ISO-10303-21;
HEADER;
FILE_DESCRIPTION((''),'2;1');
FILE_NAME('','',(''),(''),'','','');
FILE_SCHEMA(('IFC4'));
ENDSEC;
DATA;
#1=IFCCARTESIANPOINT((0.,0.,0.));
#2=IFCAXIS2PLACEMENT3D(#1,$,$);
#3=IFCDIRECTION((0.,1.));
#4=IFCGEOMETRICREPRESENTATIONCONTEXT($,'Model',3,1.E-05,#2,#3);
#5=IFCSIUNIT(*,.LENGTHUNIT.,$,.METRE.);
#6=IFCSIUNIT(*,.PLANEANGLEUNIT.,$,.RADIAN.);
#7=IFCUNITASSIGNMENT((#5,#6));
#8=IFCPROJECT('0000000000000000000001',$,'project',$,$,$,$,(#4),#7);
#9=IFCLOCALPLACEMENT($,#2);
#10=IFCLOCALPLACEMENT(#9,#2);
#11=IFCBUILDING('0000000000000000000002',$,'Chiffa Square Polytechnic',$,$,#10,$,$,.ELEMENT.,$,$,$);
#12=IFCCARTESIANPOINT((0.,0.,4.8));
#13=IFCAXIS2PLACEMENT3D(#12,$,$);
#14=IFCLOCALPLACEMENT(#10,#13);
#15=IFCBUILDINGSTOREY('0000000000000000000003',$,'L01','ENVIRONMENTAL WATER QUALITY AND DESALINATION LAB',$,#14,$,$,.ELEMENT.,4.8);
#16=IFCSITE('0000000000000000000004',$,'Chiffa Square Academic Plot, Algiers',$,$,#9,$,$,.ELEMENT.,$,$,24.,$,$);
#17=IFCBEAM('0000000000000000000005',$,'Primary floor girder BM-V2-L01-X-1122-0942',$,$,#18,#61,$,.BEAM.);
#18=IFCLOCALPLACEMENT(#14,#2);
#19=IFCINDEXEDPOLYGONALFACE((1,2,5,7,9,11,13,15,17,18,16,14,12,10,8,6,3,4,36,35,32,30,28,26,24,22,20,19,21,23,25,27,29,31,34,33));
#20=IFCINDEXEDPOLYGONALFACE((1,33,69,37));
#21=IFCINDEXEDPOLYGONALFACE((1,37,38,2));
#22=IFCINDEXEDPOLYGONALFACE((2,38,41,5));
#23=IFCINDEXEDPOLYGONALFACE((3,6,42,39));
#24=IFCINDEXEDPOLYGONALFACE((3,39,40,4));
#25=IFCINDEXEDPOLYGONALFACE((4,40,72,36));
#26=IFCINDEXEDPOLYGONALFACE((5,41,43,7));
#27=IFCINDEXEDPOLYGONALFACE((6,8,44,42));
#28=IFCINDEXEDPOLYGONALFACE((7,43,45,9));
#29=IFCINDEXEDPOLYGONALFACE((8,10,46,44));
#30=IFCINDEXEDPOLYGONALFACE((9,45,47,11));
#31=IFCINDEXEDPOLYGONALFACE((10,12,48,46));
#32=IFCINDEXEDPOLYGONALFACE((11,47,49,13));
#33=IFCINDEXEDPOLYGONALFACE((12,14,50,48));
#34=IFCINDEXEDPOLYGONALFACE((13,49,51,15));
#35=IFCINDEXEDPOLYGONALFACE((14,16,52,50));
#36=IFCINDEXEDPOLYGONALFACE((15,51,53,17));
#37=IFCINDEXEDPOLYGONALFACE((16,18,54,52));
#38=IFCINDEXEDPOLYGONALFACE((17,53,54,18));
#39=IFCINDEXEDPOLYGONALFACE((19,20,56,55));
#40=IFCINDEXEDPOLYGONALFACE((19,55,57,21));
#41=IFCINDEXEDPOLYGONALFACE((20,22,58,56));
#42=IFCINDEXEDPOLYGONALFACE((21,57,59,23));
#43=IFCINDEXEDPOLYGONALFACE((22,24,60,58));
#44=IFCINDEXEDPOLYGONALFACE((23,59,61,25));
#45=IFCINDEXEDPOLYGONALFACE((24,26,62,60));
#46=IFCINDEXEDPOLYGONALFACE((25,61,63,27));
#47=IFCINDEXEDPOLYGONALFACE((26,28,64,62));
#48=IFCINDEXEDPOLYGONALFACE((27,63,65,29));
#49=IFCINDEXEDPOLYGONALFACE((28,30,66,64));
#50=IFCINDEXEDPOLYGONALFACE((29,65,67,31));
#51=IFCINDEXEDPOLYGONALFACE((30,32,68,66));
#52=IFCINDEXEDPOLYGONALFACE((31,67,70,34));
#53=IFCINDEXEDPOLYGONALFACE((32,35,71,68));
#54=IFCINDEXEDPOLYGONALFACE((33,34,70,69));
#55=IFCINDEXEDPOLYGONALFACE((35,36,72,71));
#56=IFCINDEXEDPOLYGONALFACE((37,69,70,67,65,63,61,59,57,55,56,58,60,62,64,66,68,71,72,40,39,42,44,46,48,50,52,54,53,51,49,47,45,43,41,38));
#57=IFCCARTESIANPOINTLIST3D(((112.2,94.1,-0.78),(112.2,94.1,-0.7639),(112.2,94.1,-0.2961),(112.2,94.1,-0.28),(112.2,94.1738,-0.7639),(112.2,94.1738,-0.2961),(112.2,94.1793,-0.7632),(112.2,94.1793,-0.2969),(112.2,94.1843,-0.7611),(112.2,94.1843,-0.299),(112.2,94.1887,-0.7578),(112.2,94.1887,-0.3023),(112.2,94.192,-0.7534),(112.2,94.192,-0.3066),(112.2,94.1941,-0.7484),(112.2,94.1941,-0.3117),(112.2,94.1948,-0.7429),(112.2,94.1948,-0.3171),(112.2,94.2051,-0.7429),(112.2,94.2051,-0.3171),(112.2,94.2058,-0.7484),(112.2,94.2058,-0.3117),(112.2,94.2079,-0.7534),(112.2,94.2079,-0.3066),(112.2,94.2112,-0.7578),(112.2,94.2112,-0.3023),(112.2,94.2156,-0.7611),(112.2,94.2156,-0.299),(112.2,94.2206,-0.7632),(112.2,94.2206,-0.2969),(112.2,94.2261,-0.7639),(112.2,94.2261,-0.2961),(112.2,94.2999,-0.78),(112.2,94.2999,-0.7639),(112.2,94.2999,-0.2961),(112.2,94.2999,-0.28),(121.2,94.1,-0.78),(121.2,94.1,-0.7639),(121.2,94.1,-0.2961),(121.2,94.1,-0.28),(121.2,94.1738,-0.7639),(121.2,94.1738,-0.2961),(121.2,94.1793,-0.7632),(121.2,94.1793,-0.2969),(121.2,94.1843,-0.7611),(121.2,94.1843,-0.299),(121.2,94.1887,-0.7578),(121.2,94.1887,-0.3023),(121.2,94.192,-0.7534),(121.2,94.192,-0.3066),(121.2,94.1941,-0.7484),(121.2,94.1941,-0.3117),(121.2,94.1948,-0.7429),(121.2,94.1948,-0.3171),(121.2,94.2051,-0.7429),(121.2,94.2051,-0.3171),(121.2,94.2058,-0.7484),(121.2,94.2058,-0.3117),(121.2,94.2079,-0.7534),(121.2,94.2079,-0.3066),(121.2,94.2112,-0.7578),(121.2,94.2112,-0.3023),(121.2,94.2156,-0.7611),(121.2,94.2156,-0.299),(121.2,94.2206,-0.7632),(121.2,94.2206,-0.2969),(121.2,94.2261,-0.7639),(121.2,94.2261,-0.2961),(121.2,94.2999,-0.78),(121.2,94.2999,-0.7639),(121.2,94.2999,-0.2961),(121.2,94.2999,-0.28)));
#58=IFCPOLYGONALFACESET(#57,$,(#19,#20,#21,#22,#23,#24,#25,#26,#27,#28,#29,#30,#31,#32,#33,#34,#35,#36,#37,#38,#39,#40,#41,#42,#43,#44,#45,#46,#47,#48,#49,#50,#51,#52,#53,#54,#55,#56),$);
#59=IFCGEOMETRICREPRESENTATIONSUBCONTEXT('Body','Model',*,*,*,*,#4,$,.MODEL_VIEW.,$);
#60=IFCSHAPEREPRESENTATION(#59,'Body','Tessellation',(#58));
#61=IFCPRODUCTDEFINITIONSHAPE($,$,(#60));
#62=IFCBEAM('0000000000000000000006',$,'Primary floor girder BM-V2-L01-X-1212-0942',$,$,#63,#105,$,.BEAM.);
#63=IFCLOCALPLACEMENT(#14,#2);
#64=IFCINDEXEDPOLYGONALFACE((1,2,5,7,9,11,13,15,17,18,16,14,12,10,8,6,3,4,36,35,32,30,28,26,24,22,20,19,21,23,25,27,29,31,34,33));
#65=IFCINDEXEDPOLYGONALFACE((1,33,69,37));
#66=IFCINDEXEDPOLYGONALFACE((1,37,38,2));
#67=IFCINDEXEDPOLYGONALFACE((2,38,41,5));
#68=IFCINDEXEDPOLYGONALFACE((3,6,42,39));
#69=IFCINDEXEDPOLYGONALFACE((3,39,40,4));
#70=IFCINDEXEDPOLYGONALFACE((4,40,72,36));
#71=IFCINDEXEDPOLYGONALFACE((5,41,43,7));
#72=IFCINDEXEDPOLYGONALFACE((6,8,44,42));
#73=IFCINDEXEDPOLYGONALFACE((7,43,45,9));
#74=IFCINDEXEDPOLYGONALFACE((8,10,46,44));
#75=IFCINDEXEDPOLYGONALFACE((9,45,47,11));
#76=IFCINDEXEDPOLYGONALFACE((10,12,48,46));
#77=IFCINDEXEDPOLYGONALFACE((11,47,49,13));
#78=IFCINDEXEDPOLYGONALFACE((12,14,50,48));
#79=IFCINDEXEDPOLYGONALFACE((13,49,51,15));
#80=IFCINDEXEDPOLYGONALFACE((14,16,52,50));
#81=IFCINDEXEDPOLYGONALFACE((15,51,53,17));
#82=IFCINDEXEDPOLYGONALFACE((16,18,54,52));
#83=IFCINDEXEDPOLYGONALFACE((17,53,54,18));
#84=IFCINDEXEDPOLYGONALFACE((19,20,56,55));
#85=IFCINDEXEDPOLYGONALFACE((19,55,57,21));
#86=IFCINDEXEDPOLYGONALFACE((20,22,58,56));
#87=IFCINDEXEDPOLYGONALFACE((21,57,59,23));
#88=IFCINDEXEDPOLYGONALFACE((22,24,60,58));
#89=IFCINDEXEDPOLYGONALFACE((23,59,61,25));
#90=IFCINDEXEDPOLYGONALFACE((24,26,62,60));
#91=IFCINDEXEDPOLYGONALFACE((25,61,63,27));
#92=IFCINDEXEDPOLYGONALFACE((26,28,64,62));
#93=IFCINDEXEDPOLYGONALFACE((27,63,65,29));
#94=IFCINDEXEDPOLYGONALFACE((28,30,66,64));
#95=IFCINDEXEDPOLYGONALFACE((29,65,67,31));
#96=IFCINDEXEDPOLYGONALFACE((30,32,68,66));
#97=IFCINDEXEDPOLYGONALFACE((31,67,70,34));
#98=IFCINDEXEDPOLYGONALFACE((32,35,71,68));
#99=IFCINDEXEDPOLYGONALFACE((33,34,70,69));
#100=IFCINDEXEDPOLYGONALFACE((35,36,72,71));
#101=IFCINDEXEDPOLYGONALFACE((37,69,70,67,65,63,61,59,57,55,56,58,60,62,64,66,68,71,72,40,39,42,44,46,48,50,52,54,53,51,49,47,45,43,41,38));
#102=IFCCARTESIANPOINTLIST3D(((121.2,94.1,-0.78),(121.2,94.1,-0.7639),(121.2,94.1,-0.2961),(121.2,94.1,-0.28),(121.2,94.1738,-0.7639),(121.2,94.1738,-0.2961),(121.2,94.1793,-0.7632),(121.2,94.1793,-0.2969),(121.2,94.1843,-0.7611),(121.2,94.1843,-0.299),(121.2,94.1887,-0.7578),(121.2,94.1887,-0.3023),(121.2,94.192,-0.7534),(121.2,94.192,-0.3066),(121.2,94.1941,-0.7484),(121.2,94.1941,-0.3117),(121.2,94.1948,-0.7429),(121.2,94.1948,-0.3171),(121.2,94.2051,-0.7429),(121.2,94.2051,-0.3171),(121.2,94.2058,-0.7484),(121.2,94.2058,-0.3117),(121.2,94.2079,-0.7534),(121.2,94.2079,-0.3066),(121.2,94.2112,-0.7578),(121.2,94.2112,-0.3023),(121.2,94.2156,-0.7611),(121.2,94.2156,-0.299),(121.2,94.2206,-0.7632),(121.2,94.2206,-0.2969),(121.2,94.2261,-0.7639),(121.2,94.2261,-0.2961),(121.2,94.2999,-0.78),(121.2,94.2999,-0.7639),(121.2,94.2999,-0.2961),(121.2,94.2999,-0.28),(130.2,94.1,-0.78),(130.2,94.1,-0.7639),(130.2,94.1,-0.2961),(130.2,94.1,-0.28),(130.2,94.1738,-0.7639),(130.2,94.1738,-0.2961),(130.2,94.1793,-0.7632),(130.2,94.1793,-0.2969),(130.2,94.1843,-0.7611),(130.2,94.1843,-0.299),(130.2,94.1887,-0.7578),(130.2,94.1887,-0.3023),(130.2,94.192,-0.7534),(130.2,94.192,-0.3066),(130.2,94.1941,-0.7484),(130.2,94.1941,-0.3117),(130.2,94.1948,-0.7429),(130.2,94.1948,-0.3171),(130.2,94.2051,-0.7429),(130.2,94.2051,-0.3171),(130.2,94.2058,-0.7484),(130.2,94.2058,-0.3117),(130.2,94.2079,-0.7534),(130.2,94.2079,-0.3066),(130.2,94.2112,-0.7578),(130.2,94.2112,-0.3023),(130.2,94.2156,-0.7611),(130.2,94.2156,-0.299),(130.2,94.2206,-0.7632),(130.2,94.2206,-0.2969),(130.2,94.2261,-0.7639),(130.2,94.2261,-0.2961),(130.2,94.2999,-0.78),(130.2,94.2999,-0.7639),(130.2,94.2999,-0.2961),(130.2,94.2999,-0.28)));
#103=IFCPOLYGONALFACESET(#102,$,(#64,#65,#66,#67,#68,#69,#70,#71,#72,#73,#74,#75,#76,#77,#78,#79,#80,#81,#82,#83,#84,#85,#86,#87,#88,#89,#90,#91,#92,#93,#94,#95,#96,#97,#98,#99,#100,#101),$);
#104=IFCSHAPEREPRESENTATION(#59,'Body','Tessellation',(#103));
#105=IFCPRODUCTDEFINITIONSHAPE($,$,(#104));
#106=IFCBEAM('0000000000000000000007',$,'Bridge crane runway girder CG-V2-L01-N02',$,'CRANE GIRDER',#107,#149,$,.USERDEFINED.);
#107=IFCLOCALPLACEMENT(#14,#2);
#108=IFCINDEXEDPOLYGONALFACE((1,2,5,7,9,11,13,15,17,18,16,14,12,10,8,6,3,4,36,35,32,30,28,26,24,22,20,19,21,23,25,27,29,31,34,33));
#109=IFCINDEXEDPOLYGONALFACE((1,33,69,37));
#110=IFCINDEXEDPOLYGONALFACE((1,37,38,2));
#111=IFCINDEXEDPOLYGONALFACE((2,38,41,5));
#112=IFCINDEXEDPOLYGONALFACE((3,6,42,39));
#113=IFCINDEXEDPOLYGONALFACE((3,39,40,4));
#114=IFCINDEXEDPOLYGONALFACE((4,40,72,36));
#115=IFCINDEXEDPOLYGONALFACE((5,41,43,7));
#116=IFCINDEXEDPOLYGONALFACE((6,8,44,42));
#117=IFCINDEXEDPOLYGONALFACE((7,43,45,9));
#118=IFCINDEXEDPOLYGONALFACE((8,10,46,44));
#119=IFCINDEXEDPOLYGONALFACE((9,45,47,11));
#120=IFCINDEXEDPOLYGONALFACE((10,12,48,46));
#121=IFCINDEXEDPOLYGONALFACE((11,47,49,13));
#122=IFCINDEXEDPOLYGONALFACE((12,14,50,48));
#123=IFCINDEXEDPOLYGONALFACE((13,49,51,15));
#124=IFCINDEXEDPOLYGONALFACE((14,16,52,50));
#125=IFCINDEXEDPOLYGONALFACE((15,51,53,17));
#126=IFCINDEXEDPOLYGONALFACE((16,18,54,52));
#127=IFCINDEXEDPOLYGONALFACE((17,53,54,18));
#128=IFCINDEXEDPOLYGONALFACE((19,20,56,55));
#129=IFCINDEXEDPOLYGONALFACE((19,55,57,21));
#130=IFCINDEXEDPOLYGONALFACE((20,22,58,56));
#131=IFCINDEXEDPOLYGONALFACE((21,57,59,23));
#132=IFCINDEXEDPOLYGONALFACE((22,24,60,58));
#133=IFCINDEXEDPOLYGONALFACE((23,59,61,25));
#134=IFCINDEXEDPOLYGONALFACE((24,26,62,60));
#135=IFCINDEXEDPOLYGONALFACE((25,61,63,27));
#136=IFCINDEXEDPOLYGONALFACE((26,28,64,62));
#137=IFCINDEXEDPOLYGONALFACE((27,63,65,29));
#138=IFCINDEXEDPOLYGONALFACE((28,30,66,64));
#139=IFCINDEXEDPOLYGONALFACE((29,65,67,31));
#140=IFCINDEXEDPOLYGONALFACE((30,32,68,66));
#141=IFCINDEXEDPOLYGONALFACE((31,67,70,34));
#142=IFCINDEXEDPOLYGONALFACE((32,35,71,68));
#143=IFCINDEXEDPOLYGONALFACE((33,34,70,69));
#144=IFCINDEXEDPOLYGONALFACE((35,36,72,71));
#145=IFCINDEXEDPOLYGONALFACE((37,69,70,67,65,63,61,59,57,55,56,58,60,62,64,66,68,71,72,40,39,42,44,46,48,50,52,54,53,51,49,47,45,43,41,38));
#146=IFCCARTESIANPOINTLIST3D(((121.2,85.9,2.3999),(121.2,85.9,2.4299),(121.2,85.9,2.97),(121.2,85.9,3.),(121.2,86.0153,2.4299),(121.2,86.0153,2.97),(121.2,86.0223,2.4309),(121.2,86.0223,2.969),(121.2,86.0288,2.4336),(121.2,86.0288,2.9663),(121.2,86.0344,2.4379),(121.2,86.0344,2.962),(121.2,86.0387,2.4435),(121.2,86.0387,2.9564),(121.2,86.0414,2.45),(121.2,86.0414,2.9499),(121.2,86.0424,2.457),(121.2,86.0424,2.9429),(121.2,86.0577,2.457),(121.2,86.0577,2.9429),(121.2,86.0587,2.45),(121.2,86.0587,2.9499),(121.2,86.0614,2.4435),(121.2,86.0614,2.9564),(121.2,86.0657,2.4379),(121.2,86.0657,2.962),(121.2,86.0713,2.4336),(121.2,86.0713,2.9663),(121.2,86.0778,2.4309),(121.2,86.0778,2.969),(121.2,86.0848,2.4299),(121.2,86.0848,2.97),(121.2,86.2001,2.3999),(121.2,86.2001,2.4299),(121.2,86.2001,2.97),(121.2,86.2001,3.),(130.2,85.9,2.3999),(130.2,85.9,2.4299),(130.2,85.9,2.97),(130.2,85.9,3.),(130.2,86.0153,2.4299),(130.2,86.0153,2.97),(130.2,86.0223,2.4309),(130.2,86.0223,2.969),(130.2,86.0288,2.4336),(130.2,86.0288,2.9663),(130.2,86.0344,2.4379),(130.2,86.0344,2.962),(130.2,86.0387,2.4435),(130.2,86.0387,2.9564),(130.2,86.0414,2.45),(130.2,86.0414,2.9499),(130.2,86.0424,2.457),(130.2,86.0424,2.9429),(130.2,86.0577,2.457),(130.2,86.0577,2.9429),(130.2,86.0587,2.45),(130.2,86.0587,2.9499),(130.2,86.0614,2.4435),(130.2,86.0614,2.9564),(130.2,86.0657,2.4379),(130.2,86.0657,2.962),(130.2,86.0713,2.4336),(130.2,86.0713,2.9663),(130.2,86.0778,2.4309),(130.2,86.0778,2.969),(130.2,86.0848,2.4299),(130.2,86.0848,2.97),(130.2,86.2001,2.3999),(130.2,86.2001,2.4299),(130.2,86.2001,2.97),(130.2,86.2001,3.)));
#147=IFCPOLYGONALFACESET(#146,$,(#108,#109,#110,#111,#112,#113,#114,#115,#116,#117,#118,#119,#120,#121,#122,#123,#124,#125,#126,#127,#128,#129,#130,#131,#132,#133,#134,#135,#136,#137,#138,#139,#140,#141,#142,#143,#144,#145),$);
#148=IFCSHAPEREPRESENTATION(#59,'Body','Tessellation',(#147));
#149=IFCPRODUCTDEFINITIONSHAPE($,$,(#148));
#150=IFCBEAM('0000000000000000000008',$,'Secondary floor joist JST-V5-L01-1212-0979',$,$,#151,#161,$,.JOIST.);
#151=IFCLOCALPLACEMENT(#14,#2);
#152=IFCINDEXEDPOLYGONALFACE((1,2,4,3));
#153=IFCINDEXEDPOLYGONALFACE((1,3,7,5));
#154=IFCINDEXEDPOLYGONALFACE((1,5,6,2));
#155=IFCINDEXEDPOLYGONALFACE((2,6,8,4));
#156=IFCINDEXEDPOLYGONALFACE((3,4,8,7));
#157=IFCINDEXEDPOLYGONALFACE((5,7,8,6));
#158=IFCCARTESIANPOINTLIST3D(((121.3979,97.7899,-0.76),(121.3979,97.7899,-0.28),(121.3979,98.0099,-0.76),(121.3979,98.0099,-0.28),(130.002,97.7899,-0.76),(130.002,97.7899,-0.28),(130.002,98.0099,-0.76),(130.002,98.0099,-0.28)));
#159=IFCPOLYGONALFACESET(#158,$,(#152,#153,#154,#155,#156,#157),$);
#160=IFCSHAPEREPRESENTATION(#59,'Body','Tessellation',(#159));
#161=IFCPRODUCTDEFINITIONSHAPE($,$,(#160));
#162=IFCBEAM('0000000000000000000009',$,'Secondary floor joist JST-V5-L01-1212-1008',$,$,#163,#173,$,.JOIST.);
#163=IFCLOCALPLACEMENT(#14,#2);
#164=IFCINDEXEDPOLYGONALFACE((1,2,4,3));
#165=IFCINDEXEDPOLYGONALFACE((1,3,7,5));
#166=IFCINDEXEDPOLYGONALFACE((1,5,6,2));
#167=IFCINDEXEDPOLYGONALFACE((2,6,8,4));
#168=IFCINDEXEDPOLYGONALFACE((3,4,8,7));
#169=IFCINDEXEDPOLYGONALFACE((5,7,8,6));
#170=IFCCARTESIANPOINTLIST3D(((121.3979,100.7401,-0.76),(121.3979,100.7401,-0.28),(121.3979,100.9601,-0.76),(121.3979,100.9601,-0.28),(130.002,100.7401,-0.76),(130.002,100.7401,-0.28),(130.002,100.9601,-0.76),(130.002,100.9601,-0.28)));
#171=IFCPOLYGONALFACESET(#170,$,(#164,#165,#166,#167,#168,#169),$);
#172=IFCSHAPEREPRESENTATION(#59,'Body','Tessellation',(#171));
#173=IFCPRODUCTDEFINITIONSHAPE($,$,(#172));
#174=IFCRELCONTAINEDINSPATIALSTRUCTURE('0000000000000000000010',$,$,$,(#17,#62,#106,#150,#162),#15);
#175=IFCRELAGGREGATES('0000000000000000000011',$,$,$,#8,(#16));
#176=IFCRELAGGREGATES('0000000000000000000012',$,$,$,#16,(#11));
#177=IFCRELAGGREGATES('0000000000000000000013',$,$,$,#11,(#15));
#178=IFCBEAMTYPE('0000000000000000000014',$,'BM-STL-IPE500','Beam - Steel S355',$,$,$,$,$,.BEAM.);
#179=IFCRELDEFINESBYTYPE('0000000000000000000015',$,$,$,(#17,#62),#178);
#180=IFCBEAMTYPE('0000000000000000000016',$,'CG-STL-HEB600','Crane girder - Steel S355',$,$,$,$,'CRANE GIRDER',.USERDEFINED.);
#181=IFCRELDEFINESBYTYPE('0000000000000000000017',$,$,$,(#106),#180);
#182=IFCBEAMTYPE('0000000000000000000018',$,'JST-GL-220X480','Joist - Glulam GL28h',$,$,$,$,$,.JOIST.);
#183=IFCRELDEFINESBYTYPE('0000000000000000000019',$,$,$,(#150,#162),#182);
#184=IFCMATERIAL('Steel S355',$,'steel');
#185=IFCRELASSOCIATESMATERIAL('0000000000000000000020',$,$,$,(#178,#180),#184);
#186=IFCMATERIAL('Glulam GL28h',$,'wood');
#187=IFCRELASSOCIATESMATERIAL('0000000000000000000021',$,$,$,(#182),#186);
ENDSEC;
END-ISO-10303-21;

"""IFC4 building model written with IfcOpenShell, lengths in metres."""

from ifc_helpers import new_model, si_unit, direction, frame, origin, origin_2d, place, context, subcontext, project, spatial, rectangle, i_section, extrude, material, material_profile, profile_set, type_object, element, save


model = new_model("IFC4")

# Units and contexts
model_context = context("Model", 3, precision=1e-05, world=origin(), true_north=direction((0.0, 1.0)))
body_context = subcontext(model_context, "Body", "Model", "MODEL_VIEW")
ifc_project = project(units=[si_unit("LENGTHUNIT", "METRE"), si_unit("PLANEANGLEUNIT", "RADIAN")], contexts=[model_context])

# Site, building, storey
site_placement = place(None, origin())
site = spatial("IfcSite", under=ifc_project, at=site_placement, Name="Chiffa Square Academic Plot, Algiers", CompositionType="ELEMENT", RefElevation=24.0)
building_placement = place(site_placement, origin())
building = spatial("IfcBuilding", under=site, at=building_placement, Name="Chiffa Square Polytechnic", CompositionType="ELEMENT")
storey_placement = place(building_placement, frame((0.0, 0.0, 4.8)))
storey = spatial("IfcBuildingStorey", under=building, at=storey_placement, Name="L01", Description="ENVIRONMENTAL WATER QUALITY AND DESALINATION LAB", CompositionType="ELEMENT", Elevation=4.8)

# Shared definitions
ifc_material_1 = material(Name="Steel S355", Category="steel")

# Beams
ifc_material_profile_1 = material_profile(ifc_material_1, i_section(OverallWidth=0.2, OverallDepth=0.5, WebThickness=0.0103, FlangeThickness=0.0161, FilletRadius=0.021, at=origin_2d()), Name="IPE 500")
ifc_profile_set_1 = profile_set([ifc_material_profile_1], Name="Steel S355")
beam_type_1 = type_object("IfcBeamType", Name="BM-STL-IPE500", Description="Beam - Steel S355", PredefinedType="BEAM", material=ifc_profile_set_1)
for number, where, z_axis, x_axis, name in (
    (1, (112.2, 94.2, -0.53), (1.0, 0.0, 0.0), (0.0, 1.0, 0.0), "Primary floor girder BM-V2-L01-X-1122-0942"),
    (2, (121.2, 94.2, -0.53), (1.0, 0.0, 0.0), (0.0, 1.0, 0.0), "Primary floor girder BM-V2-L01-X-1212-0942"),
):
    element("IfcBeam", number, at=place(storey_placement, frame(where, z_axis=z_axis, x_axis=x_axis)), inside=storey, type_object=beam_type_1, Name=name, PredefinedType="BEAM", context=body_context, shape_type="SweptSolid", body=[
        extrude(i_section(OverallWidth=0.2, OverallDepth=0.5, WebThickness=0.0103, FlangeThickness=0.0161, FilletRadius=0.021, at=origin_2d()), origin(), (0.0, 0.0, 1.0), 9.0),
    ])
ifc_material_profile_2 = material_profile(ifc_material_1, i_section(OverallWidth=0.3, OverallDepth=0.6001, WebThickness=0.0154, FlangeThickness=0.03, FilletRadius=0.0271, at=origin_2d()), Name="HEB 600")
ifc_profile_set_2 = profile_set([ifc_material_profile_2], Name="Steel S355")
beam_type_2 = type_object("IfcBeamType", Name="CG-STL-HEB600", Description="Crane girder - Steel S355", ElementType="CRANE GIRDER", PredefinedType="USERDEFINED", material=ifc_profile_set_2)
beam_1_placement = place(storey_placement, frame((121.2, 86.05, 2.7), z_axis=(1.0, 0.0, 0.0), x_axis=(0.0, 1.0, 0.0)))
element("IfcBeam", 3, at=beam_1_placement, inside=storey, type_object=beam_type_2, Name="Bridge crane runway girder CG-V2-L01-N02", ObjectType="CRANE GIRDER", PredefinedType="USERDEFINED", context=body_context, shape_type="SweptSolid", body=[
    extrude(i_section(OverallWidth=0.3, OverallDepth=0.6001, WebThickness=0.0154, FlangeThickness=0.03, FilletRadius=0.0271, at=origin_2d()), origin(), (0.0, 0.0, 1.0), 9.0),
])
ifc_material_2 = material(Name="Glulam GL28h", Category="wood")
ifc_material_profile_3 = material_profile(ifc_material_2, rectangle(XDim=0.22, YDim=0.48, at=origin_2d()), Name="GL28h 220x480")
ifc_profile_set_3 = profile_set([ifc_material_profile_3], Name="Glulam GL28h")
beam_type_3 = type_object("IfcBeamType", Name="JST-GL-220X480", Description="Joist - Glulam GL28h", PredefinedType="JOIST", material=ifc_profile_set_3)
for number, where, z_axis, x_axis, name in (
    (4, (121.3979, 97.8999, -0.52), (1.0, 0.0, 0.0), (0.0, 1.0, 0.0), "Secondary floor joist JST-V5-L01-1212-0979"),
    (5, (121.3979, 100.8501, -0.52), (1.0, 0.0, 0.0), (0.0, 1.0, 0.0), "Secondary floor joist JST-V5-L01-1212-1008"),
):
    element("IfcBeam", number, at=place(storey_placement, frame(where, z_axis=z_axis, x_axis=x_axis)), inside=storey, type_object=beam_type_3, Name=name, PredefinedType="JOIST", context=body_context, shape_type="SweptSolid", body=[
        extrude(rectangle(XDim=0.22, YDim=0.48, at=origin_2d()), origin(), (0.0, 0.0, 1.0), 8.604),
    ])

save(model, "model.ifc")
